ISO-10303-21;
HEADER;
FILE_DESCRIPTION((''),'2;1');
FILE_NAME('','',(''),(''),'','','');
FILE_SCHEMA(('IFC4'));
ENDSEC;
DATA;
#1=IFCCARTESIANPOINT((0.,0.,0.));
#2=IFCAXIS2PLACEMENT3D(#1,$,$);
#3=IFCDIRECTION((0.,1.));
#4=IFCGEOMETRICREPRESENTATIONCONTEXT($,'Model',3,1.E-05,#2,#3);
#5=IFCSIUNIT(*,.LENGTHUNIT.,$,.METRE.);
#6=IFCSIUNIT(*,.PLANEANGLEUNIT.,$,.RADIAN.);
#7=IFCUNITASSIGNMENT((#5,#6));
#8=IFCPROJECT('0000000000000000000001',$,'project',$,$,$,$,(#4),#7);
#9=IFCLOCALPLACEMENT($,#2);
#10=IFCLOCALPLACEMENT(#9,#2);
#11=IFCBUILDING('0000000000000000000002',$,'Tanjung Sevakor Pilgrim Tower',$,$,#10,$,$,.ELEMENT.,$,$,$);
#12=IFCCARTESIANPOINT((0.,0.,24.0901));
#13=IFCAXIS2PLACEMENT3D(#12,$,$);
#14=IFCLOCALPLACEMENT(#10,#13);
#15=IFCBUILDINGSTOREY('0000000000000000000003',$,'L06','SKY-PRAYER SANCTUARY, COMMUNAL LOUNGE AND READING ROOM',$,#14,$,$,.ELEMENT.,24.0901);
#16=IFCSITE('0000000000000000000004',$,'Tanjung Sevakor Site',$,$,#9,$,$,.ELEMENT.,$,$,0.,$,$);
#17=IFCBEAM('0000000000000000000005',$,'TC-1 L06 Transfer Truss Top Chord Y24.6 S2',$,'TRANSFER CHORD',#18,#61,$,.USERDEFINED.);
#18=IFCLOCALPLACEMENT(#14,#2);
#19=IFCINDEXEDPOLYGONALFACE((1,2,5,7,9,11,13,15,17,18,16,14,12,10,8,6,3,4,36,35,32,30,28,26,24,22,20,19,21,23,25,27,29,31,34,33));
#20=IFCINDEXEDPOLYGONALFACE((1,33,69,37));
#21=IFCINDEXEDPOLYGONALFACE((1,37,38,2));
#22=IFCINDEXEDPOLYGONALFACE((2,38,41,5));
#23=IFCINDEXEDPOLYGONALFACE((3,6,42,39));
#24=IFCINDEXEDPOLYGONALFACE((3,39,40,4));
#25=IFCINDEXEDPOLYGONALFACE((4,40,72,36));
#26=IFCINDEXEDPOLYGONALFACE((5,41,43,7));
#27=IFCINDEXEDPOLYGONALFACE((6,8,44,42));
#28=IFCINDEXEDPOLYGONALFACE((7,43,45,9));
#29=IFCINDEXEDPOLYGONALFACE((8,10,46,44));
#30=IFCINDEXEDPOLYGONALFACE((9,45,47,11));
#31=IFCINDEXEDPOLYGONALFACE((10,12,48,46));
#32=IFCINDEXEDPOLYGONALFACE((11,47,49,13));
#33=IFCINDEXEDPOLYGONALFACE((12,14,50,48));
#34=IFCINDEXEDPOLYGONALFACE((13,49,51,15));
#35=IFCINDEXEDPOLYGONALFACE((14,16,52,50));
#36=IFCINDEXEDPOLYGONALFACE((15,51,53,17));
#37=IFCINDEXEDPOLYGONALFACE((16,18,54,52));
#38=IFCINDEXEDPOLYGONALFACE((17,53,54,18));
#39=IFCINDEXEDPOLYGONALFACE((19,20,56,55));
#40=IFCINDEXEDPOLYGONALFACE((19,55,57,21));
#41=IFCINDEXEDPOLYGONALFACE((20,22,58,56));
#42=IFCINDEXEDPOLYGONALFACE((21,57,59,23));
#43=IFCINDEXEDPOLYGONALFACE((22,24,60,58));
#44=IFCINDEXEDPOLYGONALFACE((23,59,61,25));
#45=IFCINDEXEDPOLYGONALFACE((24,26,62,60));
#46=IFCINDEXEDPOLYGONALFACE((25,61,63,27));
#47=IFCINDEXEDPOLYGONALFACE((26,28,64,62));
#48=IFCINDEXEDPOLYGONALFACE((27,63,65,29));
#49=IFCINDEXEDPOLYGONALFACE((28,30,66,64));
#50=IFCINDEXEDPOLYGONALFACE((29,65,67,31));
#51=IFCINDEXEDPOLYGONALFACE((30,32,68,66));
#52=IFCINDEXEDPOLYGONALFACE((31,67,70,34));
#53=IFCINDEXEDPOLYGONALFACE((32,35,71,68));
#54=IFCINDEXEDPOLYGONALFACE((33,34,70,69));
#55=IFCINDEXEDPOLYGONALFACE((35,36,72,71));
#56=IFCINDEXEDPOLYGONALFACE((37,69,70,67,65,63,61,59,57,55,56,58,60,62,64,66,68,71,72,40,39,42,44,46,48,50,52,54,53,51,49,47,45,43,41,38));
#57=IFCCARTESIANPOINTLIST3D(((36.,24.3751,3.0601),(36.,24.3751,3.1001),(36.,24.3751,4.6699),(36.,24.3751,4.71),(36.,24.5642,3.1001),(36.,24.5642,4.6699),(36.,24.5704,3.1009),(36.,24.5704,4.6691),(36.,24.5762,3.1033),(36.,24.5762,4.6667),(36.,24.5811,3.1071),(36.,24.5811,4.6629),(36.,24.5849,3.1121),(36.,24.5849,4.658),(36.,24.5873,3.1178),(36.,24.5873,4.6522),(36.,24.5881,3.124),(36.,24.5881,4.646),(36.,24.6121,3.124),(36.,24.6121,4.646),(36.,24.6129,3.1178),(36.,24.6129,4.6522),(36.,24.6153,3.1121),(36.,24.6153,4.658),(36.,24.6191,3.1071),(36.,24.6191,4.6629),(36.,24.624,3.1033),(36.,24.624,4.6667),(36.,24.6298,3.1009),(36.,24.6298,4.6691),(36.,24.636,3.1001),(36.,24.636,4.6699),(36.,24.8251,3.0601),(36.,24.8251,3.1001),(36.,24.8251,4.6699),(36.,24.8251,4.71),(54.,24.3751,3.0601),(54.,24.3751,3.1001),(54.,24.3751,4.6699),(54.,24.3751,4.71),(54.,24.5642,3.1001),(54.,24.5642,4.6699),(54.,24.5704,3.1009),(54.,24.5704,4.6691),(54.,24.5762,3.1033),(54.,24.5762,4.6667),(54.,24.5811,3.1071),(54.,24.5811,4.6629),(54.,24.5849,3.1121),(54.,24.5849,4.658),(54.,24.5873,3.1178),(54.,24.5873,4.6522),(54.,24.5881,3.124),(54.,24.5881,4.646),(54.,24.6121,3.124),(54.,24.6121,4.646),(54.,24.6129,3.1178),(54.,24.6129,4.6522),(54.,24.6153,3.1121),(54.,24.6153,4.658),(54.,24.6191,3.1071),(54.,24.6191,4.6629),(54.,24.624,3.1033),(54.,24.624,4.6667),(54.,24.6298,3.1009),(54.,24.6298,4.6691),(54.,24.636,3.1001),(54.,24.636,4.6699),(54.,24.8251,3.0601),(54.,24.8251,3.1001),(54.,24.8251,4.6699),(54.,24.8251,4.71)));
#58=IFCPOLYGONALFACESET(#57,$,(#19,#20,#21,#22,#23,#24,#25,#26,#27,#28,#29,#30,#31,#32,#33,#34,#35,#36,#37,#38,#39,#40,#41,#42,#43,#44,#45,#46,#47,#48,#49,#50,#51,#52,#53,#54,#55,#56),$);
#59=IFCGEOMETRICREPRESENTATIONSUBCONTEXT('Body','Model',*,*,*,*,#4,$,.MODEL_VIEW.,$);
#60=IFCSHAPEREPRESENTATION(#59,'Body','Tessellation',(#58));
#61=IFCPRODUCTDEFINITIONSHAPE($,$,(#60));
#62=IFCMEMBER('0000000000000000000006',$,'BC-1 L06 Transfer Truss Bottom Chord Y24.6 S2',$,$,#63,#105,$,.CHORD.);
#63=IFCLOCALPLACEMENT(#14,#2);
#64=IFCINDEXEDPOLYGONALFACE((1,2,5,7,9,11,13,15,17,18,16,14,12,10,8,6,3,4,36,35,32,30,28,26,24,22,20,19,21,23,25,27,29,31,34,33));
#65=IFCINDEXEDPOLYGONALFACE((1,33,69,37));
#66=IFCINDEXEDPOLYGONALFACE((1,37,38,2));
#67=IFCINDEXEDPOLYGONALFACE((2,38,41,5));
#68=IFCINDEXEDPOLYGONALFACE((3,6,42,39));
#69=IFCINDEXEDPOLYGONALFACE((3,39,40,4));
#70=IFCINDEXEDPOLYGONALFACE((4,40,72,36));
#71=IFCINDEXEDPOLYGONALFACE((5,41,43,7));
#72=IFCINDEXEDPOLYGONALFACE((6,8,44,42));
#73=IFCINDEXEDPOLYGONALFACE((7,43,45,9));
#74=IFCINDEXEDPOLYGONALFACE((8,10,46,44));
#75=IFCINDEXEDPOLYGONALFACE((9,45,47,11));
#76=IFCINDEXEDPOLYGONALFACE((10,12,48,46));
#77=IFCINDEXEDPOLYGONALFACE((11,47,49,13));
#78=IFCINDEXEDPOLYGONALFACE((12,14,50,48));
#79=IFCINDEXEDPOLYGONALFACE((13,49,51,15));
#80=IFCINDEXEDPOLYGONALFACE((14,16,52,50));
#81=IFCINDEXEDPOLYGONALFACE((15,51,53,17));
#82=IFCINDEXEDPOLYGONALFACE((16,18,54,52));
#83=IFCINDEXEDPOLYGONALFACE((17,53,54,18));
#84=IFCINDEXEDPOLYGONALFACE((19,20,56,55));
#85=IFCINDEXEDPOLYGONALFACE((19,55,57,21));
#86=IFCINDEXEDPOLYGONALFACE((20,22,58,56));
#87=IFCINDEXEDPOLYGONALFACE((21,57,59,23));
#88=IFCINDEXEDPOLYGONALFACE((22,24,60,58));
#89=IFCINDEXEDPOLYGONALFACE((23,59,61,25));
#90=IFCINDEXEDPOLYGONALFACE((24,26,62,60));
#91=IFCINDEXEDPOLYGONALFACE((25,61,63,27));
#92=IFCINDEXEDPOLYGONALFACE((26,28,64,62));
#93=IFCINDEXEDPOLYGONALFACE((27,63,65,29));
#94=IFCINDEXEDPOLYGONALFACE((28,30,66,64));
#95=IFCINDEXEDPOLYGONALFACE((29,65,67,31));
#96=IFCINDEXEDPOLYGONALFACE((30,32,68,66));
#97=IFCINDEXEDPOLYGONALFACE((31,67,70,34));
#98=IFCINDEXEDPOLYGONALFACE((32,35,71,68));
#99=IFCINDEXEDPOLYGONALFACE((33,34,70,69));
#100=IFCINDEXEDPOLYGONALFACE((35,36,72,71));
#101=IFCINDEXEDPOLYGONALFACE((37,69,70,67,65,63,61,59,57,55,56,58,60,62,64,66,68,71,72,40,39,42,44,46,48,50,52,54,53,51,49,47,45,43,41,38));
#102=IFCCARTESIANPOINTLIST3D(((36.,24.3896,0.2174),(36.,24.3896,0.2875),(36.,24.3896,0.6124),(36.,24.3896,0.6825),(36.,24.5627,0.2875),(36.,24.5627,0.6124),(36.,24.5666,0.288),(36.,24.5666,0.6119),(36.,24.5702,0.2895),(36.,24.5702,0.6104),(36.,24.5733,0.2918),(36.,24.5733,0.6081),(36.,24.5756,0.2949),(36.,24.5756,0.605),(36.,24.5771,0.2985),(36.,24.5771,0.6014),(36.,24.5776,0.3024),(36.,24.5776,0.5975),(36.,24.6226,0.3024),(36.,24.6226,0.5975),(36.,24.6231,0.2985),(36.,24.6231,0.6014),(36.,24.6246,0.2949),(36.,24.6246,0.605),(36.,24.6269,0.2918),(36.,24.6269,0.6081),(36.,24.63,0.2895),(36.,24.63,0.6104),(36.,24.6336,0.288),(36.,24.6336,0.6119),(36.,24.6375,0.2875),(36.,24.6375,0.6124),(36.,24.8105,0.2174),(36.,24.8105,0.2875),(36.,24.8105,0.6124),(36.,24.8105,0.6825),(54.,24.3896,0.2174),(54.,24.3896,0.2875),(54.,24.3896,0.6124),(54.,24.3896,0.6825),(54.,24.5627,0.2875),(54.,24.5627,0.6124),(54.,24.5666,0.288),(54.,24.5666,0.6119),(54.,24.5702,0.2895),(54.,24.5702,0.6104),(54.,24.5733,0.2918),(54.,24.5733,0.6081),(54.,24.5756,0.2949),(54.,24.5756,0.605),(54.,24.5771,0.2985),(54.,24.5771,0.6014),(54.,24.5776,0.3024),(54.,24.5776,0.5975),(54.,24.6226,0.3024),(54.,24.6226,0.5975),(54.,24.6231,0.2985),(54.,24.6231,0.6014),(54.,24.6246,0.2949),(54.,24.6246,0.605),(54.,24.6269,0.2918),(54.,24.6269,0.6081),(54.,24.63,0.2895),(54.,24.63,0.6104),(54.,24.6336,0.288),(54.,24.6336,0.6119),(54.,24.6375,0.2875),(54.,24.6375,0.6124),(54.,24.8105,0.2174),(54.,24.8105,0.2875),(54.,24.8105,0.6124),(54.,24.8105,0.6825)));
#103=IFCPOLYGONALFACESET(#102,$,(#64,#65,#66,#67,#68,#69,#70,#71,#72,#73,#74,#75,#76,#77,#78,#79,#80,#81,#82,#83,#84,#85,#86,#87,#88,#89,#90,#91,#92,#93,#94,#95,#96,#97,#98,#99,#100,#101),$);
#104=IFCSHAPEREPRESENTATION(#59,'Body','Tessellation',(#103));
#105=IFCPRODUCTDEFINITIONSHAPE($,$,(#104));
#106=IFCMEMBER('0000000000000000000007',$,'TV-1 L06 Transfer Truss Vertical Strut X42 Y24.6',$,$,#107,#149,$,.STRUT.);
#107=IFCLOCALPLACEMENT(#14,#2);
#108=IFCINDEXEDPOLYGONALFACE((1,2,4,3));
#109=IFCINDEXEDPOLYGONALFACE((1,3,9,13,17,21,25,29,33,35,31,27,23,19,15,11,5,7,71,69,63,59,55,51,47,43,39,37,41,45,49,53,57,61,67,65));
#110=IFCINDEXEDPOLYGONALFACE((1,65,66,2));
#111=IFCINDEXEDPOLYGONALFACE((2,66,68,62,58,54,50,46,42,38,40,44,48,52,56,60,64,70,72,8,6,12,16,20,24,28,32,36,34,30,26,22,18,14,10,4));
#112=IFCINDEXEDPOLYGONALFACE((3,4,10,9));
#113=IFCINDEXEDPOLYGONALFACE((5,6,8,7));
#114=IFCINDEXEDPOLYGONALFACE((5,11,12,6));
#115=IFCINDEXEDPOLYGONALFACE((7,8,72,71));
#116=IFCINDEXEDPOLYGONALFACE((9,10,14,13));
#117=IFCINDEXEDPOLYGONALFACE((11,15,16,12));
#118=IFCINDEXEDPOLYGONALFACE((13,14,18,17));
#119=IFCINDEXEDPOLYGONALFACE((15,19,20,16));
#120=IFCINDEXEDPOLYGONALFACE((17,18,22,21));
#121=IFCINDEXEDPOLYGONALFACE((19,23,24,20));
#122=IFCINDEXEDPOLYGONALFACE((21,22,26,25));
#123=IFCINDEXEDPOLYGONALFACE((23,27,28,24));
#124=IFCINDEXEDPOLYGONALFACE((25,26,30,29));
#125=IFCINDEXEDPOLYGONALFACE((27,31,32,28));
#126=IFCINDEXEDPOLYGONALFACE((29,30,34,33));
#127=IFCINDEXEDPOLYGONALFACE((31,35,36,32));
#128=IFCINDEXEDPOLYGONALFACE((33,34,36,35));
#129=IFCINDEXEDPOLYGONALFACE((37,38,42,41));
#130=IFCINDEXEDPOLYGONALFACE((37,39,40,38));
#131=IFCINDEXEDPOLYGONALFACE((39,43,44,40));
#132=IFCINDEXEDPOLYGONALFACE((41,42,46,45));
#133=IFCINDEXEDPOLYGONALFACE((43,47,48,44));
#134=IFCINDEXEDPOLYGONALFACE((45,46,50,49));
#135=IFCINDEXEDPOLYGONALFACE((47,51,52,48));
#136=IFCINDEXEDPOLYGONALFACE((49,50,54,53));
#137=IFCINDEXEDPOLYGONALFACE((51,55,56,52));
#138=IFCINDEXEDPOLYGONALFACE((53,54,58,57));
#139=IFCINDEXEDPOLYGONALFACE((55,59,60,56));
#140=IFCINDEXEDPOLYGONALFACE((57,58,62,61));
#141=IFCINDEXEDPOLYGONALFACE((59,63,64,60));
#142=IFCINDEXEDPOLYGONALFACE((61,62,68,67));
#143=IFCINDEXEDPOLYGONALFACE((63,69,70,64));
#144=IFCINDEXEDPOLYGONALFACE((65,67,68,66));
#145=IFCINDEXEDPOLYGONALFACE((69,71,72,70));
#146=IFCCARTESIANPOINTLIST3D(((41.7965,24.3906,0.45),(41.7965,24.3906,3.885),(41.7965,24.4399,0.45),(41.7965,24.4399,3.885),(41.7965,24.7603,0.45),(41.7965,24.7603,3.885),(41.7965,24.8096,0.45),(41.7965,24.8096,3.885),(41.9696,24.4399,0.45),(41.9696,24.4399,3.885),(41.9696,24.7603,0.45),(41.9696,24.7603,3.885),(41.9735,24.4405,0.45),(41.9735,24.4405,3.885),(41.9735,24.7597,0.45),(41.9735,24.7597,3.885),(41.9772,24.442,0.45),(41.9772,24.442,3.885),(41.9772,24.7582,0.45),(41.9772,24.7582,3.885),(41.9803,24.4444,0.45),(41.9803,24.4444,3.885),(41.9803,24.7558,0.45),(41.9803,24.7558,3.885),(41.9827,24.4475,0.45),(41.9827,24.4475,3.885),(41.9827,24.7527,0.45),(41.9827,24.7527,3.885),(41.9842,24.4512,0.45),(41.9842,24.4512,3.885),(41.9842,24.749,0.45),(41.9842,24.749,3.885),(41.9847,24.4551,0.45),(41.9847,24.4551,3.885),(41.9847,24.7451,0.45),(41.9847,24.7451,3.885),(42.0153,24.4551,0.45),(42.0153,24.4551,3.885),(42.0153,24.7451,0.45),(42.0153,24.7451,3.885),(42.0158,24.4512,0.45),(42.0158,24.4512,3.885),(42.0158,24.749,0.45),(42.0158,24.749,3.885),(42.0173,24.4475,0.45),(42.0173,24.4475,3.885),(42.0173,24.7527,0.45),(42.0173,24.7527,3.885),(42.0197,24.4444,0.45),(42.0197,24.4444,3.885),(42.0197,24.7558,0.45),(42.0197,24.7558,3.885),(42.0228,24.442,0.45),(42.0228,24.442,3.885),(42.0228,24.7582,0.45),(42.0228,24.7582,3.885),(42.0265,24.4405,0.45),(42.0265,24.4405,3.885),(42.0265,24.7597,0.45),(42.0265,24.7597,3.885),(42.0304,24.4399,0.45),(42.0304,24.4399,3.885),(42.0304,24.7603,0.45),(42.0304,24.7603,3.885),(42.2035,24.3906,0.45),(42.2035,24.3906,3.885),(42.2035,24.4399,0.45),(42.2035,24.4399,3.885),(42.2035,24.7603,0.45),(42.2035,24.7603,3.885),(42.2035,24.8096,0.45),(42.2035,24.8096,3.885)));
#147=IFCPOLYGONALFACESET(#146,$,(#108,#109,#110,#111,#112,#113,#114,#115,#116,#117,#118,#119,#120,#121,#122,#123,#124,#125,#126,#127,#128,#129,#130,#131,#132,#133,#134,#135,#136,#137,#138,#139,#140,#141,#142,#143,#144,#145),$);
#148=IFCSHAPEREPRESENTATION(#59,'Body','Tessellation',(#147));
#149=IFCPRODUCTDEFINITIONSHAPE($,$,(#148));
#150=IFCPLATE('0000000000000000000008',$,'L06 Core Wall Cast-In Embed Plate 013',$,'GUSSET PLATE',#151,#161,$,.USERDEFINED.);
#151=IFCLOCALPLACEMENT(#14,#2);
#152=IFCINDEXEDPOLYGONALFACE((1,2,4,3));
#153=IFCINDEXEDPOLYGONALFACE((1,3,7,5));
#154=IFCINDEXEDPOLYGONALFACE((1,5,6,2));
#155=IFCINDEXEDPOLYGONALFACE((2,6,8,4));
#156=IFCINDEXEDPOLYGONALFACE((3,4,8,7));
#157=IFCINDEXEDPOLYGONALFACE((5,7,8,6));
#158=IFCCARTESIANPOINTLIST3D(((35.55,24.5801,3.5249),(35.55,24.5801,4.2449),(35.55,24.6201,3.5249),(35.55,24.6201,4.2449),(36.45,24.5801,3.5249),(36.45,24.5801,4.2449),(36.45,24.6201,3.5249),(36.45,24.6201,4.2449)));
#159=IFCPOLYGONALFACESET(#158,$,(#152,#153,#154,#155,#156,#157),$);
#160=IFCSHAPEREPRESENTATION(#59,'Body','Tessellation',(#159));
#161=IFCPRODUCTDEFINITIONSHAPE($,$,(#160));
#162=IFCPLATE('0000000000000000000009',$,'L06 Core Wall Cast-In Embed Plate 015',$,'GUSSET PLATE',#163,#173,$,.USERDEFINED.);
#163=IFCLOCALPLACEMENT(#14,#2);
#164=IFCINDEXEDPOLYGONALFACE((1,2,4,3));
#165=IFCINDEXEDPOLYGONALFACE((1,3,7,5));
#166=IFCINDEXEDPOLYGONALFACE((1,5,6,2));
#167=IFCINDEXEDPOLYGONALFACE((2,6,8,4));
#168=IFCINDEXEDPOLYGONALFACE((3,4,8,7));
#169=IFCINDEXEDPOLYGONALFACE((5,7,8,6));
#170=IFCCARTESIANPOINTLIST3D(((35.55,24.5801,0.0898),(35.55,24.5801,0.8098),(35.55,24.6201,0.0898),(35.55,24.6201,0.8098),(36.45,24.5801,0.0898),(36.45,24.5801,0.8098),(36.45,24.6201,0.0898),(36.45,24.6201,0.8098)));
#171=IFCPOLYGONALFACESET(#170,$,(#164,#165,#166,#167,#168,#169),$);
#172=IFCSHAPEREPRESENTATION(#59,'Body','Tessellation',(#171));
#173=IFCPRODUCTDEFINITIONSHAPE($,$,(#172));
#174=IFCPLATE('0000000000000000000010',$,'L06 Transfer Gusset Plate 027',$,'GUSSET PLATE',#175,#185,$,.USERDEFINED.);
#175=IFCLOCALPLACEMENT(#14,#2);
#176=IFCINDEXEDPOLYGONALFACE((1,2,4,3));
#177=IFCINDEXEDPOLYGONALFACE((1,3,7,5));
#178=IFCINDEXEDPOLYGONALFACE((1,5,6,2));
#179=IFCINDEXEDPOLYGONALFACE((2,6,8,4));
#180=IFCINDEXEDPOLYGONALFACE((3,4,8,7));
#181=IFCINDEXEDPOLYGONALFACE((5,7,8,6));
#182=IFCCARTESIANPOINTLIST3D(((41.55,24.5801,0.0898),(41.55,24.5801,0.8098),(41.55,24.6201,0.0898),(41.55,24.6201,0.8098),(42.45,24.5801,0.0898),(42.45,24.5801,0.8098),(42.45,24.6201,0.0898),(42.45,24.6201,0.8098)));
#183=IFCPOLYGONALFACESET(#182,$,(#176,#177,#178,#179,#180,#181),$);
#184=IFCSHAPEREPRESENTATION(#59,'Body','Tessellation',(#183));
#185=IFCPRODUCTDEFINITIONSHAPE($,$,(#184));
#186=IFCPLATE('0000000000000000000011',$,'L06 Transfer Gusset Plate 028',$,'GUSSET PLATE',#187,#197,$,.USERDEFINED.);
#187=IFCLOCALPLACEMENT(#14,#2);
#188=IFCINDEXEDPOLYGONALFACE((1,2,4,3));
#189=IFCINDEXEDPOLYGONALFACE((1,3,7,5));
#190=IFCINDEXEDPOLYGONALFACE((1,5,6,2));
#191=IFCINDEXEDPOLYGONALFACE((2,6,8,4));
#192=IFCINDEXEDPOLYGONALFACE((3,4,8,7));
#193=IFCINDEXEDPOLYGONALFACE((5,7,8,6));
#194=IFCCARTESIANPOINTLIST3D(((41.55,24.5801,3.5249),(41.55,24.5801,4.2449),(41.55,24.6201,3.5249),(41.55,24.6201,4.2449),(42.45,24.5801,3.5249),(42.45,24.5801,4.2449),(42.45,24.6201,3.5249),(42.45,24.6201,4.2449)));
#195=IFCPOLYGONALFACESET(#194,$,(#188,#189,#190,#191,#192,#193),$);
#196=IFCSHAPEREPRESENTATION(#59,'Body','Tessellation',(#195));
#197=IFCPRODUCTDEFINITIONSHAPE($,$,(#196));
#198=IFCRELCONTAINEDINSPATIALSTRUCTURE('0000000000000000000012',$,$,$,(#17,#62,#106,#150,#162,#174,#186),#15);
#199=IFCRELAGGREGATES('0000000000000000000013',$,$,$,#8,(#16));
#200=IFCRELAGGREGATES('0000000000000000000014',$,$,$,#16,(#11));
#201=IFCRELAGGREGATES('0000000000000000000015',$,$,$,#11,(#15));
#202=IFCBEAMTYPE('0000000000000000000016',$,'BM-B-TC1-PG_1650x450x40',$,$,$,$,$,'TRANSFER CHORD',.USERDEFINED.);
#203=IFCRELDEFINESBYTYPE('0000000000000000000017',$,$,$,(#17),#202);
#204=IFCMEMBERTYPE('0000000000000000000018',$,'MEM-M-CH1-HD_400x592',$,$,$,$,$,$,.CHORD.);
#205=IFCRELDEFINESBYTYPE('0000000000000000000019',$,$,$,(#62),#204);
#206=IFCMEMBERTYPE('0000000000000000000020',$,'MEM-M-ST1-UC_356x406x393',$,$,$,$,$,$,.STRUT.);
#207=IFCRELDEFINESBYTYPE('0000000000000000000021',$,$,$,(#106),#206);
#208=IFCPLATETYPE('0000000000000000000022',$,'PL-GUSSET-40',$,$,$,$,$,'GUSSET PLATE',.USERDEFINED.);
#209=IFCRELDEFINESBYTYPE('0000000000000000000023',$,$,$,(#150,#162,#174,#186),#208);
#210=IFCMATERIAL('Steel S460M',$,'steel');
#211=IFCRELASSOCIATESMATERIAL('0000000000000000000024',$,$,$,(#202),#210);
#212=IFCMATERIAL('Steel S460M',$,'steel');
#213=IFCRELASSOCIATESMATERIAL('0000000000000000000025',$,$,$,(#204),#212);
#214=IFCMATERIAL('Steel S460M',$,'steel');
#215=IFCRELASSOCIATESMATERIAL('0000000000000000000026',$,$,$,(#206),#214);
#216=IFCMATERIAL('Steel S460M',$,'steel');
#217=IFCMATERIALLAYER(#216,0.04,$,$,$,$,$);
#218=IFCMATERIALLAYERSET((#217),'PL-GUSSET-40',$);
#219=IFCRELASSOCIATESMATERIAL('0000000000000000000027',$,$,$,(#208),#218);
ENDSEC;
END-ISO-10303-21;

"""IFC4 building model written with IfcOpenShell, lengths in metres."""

from ifc_helpers import new_model, si_unit, direction, frame, origin, origin_2d, place, context, subcontext, project, spatial, rectangle, i_section, extrude, material, layer, layer_set, material_profile, profile_set, type_object, element, save


model = new_model("IFC4")

# Units and contexts
model_context = context("Model", 3, precision=1e-05, world=origin(), true_north=direction((0.0, 1.0)))
body_context = subcontext(model_context, "Body", "Model", "MODEL_VIEW")
ifc_project = project(units=[si_unit("LENGTHUNIT", "METRE"), si_unit("PLANEANGLEUNIT", "RADIAN")], contexts=[model_context])

# Site, building, storey
site_placement = place(None, origin())
site = spatial("IfcSite", under=ifc_project, at=site_placement, Name="Tanjung Sevakor Site", CompositionType="ELEMENT", RefElevation=0.0)
building_placement = place(site_placement, origin())
building = spatial("IfcBuilding", under=site, at=building_placement, Name="Tanjung Sevakor Pilgrim Tower", CompositionType="ELEMENT")
storey_placement = place(building_placement, frame((0.0, 0.0, 24.0901)))
storey = spatial("IfcBuildingStorey", under=building, at=storey_placement, Name="L06", Description="SKY-PRAYER SANCTUARY, COMMUNAL LOUNGE AND READING ROOM", CompositionType="ELEMENT", Elevation=24.0901)

# Beam
ifc_material_1 = material(Name="Steel S460M", Category="steel")
ifc_material_profile_1 = material_profile(ifc_material_1, i_section(OverallWidth=0.45, OverallDepth=1.6499, WebThickness=0.0239, FlangeThickness=0.04, FilletRadius=0.0239, at=origin_2d()))
ifc_profile_set_1 = profile_set([ifc_material_profile_1], Name="Steel S460M")
beam_type_1 = type_object("IfcBeamType", Name="BM-B-TC1-PG_1650x450x40", ElementType="TRANSFER CHORD", PredefinedType="USERDEFINED", material=ifc_profile_set_1)
beam_1_placement = place(storey_placement, frame((36.0, 24.6001, 3.885), z_axis=(1.0, 0.0, 0.0), x_axis=(0.0, 1.0, 0.0)))
element("IfcBeam", 1, at=beam_1_placement, inside=storey, type_object=beam_type_1, Name="TC-1 L06 Transfer Truss Top Chord Y24.6 S2", ObjectType="TRANSFER CHORD", PredefinedType="USERDEFINED", context=body_context, shape_type="SweptSolid", body=[
    extrude(i_section(OverallWidth=0.45, OverallDepth=1.6499, WebThickness=0.0239, FlangeThickness=0.04, FilletRadius=0.0239, at=origin_2d()), origin(), (0.0, 0.0, 1.0), 18.0),
])

# Members
ifc_material_2 = material(Name="Steel S460M", Category="steel")
ifc_material_profile_2 = material_profile(ifc_material_2, i_section(OverallWidth=0.4209, OverallDepth=0.4651, WebThickness=0.0449, FlangeThickness=0.0701, FilletRadius=0.0149, at=origin_2d()))
ifc_profile_set_2 = profile_set([ifc_material_profile_2], Name="Steel S460M")
member_type_1 = type_object("IfcMemberType", Name="MEM-M-CH1-HD_400x592", PredefinedType="CHORD", material=ifc_profile_set_2)
member_1_placement = place(storey_placement, frame((36.0, 24.6001, 0.45), z_axis=(1.0, 0.0, 0.0), x_axis=(0.0, 1.0, 0.0)))
element("IfcMember", 2, at=member_1_placement, inside=storey, type_object=member_type_1, Name="BC-1 L06 Transfer Truss Bottom Chord Y24.6 S2", PredefinedType="CHORD", context=body_context, shape_type="SweptSolid", body=[
    extrude(i_section(OverallWidth=0.4209, OverallDepth=0.4651, WebThickness=0.0449, FlangeThickness=0.0701, FilletRadius=0.0149, at=origin_2d()), origin(), (0.0, 0.0, 1.0), 18.0),
])
ifc_material_3 = material(Name="Steel S460M", Category="steel")
ifc_material_profile_3 = material_profile(ifc_material_3, i_section(OverallWidth=0.407, OverallDepth=0.4189, WebThickness=0.0305, FlangeThickness=0.0493, FilletRadius=0.0151, at=origin_2d()))
ifc_profile_set_3 = profile_set([ifc_material_profile_3], Name="Steel S460M")
member_type_2 = type_object("IfcMemberType", Name="MEM-M-ST1-UC_356x406x393", PredefinedType="STRUT", material=ifc_profile_set_3)
member_2_placement = place(storey_placement, frame((42.0, 24.6001, 0.45), z_axis=(0.0, 0.0, 1.0), x_axis=(1.0, 0.0, 0.0)))
element("IfcMember", 3, at=member_2_placement, inside=storey, type_object=member_type_2, Name="TV-1 L06 Transfer Truss Vertical Strut X42 Y24.6", PredefinedType="STRUT", context=body_context, shape_type="SweptSolid", body=[
    extrude(i_section(OverallWidth=0.407, OverallDepth=0.4189, WebThickness=0.0305, FlangeThickness=0.0493, FilletRadius=0.0151, at=origin_2d()), origin(), (0.0, 0.0, 1.0), 3.4351),
])

# Plates
ifc_material_4 = material(Name="Steel S460M", Category="steel")
ifc_layer_1 = layer(ifc_material_4, 0.04)
ifc_layer_set_1 = layer_set([ifc_layer_1], Name="PL-GUSSET-40")
plate_type = type_object("IfcPlateType", Name="PL-GUSSET-40", ElementType="GUSSET PLATE", PredefinedType="USERDEFINED", material=ifc_layer_set_1)
for number, where, z_axis, x_axis, name in (
    (4, (36.0, 24.6001, 3.5249), (0.0, 0.0, 1.0), (1.0, 0.0, 0.0), "L06 Core Wall Cast-In Embed Plate 013"),
    (5, (36.0, 24.6001, 0.0898), (0.0, 0.0, 1.0), (1.0, 0.0, 0.0), "L06 Core Wall Cast-In Embed Plate 015"),
    (6, (42.0, 24.6001, 0.0898), (0.0, 0.0, 1.0), (1.0, 0.0, 0.0), "L06 Transfer Gusset Plate 027"),
    (7, (42.0, 24.6001, 3.5249), (0.0, 0.0, 1.0), (1.0, 0.0, 0.0), "L06 Transfer Gusset Plate 028"),
):
    element("IfcPlate", number, at=place(storey_placement, frame(where, z_axis=z_axis, x_axis=x_axis)), inside=storey, type_object=plate_type, Name=name, ObjectType="GUSSET PLATE", PredefinedType="USERDEFINED", context=body_context, shape_type="SweptSolid", body=[
        extrude(rectangle(XDim=0.8999, YDim=0.04, at=origin_2d()), origin(), (0.0, 0.0, 1.0), 0.72),
    ])

save(model, "model.ifc")
